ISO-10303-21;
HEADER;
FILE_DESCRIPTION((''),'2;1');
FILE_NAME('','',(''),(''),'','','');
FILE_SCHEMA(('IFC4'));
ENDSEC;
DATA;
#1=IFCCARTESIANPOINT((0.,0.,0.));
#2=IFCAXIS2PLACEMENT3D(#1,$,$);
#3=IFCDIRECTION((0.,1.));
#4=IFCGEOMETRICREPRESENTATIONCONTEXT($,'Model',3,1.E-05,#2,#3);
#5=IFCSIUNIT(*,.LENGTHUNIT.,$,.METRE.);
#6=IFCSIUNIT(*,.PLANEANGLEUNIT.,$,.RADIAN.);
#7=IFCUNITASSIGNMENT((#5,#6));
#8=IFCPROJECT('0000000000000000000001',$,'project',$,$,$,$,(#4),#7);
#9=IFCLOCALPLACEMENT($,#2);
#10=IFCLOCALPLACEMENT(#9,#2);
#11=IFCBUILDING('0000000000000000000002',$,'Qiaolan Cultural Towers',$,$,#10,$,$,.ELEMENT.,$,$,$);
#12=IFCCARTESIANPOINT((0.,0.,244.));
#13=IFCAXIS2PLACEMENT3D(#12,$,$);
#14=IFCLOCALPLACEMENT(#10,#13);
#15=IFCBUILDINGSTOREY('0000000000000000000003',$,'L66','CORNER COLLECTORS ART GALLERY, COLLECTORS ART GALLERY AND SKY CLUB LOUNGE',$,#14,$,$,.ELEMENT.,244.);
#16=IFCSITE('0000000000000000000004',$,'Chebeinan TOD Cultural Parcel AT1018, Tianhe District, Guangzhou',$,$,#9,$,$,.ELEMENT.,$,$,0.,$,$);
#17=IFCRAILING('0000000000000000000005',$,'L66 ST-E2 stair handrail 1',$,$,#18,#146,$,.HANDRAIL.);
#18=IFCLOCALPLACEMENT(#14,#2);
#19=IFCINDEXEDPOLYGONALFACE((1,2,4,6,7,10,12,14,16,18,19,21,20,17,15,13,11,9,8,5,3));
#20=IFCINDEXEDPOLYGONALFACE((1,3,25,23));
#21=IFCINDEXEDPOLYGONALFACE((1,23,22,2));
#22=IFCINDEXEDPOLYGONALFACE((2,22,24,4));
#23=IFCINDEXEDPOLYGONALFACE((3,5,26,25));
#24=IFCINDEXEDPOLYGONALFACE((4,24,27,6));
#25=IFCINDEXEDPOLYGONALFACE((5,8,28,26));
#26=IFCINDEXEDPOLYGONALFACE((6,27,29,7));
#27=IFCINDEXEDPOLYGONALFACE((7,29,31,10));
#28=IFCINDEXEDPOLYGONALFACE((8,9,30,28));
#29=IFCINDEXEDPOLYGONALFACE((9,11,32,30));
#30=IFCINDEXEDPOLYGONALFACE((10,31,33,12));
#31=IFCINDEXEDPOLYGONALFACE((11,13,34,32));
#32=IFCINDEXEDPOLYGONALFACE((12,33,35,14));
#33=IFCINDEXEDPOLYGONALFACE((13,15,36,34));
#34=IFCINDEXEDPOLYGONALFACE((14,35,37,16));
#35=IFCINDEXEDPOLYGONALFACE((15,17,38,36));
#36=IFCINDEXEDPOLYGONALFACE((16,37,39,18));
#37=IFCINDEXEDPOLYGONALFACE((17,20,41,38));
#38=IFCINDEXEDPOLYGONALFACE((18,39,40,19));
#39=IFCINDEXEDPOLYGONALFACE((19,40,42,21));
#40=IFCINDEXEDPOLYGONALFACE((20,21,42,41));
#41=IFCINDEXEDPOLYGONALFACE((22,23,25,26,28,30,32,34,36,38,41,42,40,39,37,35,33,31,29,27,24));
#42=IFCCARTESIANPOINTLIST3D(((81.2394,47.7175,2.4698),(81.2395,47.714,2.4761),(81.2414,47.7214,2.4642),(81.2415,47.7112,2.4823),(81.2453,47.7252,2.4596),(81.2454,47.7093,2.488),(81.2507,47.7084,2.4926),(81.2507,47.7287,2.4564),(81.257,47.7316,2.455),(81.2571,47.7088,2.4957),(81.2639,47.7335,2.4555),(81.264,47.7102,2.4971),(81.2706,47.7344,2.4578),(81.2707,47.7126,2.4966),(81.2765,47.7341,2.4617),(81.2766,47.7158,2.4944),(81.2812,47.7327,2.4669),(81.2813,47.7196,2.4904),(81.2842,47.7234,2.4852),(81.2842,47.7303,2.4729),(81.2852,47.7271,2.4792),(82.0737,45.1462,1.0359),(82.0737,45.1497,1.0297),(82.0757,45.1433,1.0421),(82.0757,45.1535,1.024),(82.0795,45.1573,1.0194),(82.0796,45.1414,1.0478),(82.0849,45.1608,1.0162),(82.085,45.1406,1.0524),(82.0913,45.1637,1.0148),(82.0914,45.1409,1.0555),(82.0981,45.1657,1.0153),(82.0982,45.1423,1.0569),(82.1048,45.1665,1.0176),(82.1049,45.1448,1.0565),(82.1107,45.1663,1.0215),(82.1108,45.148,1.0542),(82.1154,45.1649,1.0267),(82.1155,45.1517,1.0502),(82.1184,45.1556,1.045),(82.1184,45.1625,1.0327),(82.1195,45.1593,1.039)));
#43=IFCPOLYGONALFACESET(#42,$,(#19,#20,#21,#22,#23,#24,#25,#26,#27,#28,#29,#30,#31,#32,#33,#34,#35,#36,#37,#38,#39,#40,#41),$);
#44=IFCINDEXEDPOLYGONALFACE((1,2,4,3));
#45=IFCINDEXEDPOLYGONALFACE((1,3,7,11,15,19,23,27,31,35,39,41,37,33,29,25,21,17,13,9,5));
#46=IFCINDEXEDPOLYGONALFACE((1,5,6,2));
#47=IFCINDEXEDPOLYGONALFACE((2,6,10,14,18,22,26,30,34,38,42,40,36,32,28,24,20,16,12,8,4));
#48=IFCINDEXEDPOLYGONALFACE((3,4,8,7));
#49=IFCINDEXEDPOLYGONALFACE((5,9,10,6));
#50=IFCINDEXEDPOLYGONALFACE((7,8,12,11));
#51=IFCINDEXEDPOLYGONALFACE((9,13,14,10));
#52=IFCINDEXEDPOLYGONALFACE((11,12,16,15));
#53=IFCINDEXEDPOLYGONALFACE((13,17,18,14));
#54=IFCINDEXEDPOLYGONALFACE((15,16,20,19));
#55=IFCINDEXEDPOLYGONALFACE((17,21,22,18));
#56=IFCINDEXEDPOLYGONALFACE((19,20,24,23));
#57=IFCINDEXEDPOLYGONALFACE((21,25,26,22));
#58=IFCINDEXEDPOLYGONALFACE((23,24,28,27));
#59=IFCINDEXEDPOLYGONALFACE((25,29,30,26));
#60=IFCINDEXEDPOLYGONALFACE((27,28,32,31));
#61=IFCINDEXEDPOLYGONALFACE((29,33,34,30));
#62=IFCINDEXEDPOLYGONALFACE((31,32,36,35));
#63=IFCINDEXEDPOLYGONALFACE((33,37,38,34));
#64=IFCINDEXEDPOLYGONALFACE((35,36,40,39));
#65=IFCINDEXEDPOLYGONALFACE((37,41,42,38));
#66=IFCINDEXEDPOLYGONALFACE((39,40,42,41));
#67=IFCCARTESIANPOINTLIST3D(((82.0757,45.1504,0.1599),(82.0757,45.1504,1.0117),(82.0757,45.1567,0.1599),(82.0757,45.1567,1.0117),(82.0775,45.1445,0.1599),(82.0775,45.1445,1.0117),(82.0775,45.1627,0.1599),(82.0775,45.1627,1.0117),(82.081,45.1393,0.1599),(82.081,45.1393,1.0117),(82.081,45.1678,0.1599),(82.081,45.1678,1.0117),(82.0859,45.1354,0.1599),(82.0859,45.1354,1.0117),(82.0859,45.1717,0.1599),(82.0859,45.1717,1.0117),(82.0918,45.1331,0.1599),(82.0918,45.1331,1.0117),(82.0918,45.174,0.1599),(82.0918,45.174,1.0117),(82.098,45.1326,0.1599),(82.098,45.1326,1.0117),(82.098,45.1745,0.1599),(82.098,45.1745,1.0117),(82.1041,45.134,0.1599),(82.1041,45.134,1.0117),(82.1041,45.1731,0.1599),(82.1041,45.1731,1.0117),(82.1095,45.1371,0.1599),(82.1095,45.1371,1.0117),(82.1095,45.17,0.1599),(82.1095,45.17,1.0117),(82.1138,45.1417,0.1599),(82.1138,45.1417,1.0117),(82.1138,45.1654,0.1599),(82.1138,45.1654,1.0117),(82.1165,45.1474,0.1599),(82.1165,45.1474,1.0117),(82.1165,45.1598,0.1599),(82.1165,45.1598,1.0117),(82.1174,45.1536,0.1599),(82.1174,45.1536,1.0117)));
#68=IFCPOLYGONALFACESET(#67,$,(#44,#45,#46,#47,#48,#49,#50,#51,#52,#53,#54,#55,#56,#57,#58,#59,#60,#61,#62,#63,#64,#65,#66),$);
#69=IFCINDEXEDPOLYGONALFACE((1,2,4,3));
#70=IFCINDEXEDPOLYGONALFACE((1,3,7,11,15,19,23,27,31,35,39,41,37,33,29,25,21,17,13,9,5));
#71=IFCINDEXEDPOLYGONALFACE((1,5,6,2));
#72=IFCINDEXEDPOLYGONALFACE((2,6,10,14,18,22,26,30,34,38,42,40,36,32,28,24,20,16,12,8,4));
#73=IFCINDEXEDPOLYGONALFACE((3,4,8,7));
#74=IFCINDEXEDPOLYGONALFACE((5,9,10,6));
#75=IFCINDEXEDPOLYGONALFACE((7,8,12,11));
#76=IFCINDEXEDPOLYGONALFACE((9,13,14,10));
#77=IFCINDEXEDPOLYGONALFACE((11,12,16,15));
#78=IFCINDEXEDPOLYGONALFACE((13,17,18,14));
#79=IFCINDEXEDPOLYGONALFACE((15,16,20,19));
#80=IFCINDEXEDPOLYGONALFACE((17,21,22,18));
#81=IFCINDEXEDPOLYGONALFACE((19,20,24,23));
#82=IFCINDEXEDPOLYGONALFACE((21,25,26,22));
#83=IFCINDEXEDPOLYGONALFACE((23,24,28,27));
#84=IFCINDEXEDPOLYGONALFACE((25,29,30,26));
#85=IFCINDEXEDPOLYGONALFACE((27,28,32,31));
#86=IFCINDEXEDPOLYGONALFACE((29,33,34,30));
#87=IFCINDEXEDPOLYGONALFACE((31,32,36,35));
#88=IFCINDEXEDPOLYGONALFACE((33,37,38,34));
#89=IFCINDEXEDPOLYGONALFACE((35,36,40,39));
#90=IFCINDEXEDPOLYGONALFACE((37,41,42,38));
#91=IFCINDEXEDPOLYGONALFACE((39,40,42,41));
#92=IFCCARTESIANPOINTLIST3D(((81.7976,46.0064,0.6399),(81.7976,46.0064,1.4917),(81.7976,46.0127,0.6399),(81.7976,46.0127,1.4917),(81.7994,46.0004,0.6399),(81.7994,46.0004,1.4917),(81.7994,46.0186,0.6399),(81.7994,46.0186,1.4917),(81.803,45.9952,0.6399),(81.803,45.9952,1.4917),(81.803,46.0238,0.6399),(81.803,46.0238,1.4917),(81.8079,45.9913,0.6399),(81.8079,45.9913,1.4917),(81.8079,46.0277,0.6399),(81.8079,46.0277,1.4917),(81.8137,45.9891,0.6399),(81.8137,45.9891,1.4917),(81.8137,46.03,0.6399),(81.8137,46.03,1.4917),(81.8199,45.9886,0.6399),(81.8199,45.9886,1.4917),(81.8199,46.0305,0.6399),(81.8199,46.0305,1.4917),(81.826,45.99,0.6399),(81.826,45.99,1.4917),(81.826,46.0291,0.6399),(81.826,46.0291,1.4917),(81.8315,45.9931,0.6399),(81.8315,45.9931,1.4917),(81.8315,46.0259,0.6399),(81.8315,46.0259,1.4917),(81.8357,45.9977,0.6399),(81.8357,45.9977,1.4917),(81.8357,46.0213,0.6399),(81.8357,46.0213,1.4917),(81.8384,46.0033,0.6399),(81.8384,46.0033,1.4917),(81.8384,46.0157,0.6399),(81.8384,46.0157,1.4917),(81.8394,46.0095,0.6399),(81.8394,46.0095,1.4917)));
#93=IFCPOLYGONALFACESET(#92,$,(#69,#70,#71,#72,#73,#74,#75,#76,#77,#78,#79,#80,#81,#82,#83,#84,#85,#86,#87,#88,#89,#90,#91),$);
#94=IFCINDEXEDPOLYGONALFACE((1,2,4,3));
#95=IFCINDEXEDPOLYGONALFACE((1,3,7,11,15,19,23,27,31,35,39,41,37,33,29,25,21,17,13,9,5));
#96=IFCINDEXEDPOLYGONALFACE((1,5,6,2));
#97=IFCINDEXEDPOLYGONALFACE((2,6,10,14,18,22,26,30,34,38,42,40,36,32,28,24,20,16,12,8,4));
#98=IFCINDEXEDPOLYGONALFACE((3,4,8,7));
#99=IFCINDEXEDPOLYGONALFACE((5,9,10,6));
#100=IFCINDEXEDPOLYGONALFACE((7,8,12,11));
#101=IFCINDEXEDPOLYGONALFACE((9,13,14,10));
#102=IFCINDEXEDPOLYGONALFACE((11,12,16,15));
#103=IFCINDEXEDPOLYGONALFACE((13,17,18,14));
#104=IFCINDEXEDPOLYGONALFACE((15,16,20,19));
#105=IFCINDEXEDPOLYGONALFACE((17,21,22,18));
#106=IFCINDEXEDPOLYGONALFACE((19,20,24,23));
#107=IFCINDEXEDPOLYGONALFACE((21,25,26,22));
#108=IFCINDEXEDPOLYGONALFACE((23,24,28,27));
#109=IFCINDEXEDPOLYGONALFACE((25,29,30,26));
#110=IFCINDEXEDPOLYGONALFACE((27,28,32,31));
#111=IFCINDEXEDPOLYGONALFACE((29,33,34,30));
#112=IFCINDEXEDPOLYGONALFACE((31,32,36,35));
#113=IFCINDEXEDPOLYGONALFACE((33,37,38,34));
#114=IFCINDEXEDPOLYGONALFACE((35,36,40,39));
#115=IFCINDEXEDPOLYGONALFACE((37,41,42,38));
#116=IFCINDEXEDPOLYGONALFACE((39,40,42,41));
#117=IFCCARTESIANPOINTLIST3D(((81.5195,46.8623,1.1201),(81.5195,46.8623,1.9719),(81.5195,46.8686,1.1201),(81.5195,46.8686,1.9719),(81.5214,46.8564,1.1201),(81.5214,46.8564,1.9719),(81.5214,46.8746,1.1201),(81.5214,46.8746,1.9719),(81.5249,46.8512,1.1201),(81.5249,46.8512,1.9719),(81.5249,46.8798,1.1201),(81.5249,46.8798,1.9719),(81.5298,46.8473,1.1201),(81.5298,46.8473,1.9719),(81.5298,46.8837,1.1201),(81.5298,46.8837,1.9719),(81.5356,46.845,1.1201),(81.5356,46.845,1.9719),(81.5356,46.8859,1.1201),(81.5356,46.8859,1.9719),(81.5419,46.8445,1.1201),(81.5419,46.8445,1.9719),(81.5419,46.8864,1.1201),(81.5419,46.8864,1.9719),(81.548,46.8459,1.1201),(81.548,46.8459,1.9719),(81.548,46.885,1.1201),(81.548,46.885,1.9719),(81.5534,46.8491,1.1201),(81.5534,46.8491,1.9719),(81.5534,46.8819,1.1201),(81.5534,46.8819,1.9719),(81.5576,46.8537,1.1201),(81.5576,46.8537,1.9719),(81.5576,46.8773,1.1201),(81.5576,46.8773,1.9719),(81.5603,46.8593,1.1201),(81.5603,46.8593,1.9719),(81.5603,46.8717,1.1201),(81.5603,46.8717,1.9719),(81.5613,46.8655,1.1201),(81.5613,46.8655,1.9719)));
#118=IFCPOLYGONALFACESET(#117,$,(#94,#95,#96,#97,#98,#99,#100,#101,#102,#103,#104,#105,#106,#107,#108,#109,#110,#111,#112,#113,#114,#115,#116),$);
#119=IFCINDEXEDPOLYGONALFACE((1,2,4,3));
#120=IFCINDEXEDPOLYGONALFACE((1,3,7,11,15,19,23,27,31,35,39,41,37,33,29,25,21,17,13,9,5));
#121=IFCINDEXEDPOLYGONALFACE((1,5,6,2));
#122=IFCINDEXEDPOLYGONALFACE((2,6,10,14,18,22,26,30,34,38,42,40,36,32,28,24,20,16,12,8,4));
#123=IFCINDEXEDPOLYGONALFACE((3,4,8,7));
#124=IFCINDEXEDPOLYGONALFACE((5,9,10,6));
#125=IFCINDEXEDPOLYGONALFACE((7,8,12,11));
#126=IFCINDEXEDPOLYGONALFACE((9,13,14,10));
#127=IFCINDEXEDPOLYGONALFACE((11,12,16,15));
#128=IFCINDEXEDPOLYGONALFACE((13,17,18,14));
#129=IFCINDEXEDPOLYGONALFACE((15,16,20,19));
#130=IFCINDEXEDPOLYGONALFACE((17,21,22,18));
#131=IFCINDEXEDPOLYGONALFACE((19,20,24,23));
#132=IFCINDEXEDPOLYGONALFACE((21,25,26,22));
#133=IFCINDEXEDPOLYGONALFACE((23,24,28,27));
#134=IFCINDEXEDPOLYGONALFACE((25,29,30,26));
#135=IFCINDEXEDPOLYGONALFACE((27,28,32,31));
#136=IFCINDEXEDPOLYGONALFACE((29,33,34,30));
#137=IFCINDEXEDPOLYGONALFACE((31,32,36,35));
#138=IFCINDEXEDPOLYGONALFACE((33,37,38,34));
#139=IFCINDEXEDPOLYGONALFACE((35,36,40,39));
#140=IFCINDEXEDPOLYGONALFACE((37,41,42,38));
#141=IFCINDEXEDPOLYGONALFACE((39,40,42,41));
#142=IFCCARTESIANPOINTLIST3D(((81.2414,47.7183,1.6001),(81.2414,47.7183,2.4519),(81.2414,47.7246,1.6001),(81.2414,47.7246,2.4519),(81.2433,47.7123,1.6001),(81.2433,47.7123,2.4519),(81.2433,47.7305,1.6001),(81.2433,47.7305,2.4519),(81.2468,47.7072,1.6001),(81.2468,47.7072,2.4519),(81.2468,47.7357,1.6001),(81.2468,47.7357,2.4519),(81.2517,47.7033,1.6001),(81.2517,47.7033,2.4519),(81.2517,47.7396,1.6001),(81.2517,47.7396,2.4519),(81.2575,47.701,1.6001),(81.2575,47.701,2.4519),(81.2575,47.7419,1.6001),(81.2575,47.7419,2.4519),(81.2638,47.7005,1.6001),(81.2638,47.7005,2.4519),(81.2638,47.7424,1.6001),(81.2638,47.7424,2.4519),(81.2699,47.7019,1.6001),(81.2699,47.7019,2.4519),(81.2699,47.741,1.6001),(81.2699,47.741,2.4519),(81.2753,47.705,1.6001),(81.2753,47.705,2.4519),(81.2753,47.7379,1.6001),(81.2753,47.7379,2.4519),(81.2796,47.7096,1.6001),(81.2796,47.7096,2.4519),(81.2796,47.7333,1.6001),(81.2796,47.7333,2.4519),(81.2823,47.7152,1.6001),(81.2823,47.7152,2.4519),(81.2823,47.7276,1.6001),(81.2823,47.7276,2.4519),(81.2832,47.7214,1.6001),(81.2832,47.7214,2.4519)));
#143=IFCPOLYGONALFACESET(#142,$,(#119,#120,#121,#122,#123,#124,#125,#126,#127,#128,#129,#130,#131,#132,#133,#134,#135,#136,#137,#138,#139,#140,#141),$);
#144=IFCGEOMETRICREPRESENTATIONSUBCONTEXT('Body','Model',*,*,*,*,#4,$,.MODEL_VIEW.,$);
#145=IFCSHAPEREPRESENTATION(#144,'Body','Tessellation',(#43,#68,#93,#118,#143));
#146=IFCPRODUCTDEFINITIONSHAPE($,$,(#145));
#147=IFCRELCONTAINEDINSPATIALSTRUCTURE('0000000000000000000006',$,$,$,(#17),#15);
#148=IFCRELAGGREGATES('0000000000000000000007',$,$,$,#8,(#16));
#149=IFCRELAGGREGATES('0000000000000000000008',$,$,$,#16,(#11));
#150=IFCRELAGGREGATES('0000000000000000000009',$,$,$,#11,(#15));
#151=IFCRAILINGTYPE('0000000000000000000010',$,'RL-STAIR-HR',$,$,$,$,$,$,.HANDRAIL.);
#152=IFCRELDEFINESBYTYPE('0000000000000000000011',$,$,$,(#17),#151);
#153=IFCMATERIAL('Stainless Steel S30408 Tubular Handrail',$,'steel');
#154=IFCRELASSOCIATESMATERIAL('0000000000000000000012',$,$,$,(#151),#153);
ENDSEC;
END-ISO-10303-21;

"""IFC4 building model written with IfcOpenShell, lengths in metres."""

from ifc_helpers import new_model, si_unit, direction, frame, origin, origin_2d, place, context, subcontext, project, spatial, circle, extrude, material, type_object, element, save


model = new_model("IFC4")

# Units and contexts
model_context = context("Model", 3, precision=1e-05, world=origin(), true_north=direction((0.0, 1.0)))
body_context = subcontext(model_context, "Body", "Model", "MODEL_VIEW")
ifc_project = project(units=[si_unit("LENGTHUNIT", "METRE"), si_unit("PLANEANGLEUNIT", "RADIAN")], contexts=[model_context])

# Site, building, storey
site_placement = place(None, origin())
site = spatial("IfcSite", under=ifc_project, at=site_placement, Name="Chebeinan TOD Cultural Parcel AT1018, Tianhe District, Guangzhou", CompositionType="ELEMENT", RefElevation=0.0)
building_placement = place(site_placement, origin())
building = spatial("IfcBuilding", under=site, at=building_placement, Name="Qiaolan Cultural Towers", CompositionType="ELEMENT")
storey_placement = place(building_placement, frame((0.0, 0.0, 244.0)))
storey = spatial("IfcBuildingStorey", under=building, at=storey_placement, Name="L66", Description="CORNER COLLECTORS ART GALLERY, COLLECTORS ART GALLERY AND SKY CLUB LOUNGE", CompositionType="ELEMENT", Elevation=244.0)

# Railing
ifc_material_1 = material(Name="Stainless Steel S30408 Tubular Handrail", Category="steel")
railing_type_1 = type_object("IfcRailingType", Name="RL-STAIR-HR", PredefinedType="HANDRAIL", material=ifc_material_1)
railing_1_placement = place(storey_placement, frame((82.0964, 45.1536, 0.1599)))
element("IfcRailing", 1, at=railing_1_placement, inside=storey, type_object=railing_type_1, Name="L66 ST-E2 stair handrail 1", PredefinedType="HANDRAIL", context=body_context, shape_type="SweptSolid", body=[
    extrude(circle(Radius=0.0239, at=origin_2d()), frame((0.0, 0.0, 0.876), z_axis=(-0.272617, 0.839154, 0.470638), x_axis=(-0.95107, -0.308976, 0.0)), (0.0, 0.0, 1.0), 3.0601),
    extrude(circle(Radius=0.021, at=origin_2d()), origin(), (0.0, 0.0, 1.0), 0.8518),
    extrude(circle(Radius=0.021, at=origin_2d()), frame((-0.2781, 0.856, 0.48)), (0.0, 0.0, 1.0), 0.8518),
    extrude(circle(Radius=0.021, at=origin_2d()), frame((-0.5562, 1.7119, 0.9602)), (0.0, 0.0, 1.0), 0.8518),
    extrude(circle(Radius=0.021, at=origin_2d()), frame((-0.8342, 2.5679, 1.4402)), (0.0, 0.0, 1.0), 0.8518),
])

save(model, "model.ifc")
